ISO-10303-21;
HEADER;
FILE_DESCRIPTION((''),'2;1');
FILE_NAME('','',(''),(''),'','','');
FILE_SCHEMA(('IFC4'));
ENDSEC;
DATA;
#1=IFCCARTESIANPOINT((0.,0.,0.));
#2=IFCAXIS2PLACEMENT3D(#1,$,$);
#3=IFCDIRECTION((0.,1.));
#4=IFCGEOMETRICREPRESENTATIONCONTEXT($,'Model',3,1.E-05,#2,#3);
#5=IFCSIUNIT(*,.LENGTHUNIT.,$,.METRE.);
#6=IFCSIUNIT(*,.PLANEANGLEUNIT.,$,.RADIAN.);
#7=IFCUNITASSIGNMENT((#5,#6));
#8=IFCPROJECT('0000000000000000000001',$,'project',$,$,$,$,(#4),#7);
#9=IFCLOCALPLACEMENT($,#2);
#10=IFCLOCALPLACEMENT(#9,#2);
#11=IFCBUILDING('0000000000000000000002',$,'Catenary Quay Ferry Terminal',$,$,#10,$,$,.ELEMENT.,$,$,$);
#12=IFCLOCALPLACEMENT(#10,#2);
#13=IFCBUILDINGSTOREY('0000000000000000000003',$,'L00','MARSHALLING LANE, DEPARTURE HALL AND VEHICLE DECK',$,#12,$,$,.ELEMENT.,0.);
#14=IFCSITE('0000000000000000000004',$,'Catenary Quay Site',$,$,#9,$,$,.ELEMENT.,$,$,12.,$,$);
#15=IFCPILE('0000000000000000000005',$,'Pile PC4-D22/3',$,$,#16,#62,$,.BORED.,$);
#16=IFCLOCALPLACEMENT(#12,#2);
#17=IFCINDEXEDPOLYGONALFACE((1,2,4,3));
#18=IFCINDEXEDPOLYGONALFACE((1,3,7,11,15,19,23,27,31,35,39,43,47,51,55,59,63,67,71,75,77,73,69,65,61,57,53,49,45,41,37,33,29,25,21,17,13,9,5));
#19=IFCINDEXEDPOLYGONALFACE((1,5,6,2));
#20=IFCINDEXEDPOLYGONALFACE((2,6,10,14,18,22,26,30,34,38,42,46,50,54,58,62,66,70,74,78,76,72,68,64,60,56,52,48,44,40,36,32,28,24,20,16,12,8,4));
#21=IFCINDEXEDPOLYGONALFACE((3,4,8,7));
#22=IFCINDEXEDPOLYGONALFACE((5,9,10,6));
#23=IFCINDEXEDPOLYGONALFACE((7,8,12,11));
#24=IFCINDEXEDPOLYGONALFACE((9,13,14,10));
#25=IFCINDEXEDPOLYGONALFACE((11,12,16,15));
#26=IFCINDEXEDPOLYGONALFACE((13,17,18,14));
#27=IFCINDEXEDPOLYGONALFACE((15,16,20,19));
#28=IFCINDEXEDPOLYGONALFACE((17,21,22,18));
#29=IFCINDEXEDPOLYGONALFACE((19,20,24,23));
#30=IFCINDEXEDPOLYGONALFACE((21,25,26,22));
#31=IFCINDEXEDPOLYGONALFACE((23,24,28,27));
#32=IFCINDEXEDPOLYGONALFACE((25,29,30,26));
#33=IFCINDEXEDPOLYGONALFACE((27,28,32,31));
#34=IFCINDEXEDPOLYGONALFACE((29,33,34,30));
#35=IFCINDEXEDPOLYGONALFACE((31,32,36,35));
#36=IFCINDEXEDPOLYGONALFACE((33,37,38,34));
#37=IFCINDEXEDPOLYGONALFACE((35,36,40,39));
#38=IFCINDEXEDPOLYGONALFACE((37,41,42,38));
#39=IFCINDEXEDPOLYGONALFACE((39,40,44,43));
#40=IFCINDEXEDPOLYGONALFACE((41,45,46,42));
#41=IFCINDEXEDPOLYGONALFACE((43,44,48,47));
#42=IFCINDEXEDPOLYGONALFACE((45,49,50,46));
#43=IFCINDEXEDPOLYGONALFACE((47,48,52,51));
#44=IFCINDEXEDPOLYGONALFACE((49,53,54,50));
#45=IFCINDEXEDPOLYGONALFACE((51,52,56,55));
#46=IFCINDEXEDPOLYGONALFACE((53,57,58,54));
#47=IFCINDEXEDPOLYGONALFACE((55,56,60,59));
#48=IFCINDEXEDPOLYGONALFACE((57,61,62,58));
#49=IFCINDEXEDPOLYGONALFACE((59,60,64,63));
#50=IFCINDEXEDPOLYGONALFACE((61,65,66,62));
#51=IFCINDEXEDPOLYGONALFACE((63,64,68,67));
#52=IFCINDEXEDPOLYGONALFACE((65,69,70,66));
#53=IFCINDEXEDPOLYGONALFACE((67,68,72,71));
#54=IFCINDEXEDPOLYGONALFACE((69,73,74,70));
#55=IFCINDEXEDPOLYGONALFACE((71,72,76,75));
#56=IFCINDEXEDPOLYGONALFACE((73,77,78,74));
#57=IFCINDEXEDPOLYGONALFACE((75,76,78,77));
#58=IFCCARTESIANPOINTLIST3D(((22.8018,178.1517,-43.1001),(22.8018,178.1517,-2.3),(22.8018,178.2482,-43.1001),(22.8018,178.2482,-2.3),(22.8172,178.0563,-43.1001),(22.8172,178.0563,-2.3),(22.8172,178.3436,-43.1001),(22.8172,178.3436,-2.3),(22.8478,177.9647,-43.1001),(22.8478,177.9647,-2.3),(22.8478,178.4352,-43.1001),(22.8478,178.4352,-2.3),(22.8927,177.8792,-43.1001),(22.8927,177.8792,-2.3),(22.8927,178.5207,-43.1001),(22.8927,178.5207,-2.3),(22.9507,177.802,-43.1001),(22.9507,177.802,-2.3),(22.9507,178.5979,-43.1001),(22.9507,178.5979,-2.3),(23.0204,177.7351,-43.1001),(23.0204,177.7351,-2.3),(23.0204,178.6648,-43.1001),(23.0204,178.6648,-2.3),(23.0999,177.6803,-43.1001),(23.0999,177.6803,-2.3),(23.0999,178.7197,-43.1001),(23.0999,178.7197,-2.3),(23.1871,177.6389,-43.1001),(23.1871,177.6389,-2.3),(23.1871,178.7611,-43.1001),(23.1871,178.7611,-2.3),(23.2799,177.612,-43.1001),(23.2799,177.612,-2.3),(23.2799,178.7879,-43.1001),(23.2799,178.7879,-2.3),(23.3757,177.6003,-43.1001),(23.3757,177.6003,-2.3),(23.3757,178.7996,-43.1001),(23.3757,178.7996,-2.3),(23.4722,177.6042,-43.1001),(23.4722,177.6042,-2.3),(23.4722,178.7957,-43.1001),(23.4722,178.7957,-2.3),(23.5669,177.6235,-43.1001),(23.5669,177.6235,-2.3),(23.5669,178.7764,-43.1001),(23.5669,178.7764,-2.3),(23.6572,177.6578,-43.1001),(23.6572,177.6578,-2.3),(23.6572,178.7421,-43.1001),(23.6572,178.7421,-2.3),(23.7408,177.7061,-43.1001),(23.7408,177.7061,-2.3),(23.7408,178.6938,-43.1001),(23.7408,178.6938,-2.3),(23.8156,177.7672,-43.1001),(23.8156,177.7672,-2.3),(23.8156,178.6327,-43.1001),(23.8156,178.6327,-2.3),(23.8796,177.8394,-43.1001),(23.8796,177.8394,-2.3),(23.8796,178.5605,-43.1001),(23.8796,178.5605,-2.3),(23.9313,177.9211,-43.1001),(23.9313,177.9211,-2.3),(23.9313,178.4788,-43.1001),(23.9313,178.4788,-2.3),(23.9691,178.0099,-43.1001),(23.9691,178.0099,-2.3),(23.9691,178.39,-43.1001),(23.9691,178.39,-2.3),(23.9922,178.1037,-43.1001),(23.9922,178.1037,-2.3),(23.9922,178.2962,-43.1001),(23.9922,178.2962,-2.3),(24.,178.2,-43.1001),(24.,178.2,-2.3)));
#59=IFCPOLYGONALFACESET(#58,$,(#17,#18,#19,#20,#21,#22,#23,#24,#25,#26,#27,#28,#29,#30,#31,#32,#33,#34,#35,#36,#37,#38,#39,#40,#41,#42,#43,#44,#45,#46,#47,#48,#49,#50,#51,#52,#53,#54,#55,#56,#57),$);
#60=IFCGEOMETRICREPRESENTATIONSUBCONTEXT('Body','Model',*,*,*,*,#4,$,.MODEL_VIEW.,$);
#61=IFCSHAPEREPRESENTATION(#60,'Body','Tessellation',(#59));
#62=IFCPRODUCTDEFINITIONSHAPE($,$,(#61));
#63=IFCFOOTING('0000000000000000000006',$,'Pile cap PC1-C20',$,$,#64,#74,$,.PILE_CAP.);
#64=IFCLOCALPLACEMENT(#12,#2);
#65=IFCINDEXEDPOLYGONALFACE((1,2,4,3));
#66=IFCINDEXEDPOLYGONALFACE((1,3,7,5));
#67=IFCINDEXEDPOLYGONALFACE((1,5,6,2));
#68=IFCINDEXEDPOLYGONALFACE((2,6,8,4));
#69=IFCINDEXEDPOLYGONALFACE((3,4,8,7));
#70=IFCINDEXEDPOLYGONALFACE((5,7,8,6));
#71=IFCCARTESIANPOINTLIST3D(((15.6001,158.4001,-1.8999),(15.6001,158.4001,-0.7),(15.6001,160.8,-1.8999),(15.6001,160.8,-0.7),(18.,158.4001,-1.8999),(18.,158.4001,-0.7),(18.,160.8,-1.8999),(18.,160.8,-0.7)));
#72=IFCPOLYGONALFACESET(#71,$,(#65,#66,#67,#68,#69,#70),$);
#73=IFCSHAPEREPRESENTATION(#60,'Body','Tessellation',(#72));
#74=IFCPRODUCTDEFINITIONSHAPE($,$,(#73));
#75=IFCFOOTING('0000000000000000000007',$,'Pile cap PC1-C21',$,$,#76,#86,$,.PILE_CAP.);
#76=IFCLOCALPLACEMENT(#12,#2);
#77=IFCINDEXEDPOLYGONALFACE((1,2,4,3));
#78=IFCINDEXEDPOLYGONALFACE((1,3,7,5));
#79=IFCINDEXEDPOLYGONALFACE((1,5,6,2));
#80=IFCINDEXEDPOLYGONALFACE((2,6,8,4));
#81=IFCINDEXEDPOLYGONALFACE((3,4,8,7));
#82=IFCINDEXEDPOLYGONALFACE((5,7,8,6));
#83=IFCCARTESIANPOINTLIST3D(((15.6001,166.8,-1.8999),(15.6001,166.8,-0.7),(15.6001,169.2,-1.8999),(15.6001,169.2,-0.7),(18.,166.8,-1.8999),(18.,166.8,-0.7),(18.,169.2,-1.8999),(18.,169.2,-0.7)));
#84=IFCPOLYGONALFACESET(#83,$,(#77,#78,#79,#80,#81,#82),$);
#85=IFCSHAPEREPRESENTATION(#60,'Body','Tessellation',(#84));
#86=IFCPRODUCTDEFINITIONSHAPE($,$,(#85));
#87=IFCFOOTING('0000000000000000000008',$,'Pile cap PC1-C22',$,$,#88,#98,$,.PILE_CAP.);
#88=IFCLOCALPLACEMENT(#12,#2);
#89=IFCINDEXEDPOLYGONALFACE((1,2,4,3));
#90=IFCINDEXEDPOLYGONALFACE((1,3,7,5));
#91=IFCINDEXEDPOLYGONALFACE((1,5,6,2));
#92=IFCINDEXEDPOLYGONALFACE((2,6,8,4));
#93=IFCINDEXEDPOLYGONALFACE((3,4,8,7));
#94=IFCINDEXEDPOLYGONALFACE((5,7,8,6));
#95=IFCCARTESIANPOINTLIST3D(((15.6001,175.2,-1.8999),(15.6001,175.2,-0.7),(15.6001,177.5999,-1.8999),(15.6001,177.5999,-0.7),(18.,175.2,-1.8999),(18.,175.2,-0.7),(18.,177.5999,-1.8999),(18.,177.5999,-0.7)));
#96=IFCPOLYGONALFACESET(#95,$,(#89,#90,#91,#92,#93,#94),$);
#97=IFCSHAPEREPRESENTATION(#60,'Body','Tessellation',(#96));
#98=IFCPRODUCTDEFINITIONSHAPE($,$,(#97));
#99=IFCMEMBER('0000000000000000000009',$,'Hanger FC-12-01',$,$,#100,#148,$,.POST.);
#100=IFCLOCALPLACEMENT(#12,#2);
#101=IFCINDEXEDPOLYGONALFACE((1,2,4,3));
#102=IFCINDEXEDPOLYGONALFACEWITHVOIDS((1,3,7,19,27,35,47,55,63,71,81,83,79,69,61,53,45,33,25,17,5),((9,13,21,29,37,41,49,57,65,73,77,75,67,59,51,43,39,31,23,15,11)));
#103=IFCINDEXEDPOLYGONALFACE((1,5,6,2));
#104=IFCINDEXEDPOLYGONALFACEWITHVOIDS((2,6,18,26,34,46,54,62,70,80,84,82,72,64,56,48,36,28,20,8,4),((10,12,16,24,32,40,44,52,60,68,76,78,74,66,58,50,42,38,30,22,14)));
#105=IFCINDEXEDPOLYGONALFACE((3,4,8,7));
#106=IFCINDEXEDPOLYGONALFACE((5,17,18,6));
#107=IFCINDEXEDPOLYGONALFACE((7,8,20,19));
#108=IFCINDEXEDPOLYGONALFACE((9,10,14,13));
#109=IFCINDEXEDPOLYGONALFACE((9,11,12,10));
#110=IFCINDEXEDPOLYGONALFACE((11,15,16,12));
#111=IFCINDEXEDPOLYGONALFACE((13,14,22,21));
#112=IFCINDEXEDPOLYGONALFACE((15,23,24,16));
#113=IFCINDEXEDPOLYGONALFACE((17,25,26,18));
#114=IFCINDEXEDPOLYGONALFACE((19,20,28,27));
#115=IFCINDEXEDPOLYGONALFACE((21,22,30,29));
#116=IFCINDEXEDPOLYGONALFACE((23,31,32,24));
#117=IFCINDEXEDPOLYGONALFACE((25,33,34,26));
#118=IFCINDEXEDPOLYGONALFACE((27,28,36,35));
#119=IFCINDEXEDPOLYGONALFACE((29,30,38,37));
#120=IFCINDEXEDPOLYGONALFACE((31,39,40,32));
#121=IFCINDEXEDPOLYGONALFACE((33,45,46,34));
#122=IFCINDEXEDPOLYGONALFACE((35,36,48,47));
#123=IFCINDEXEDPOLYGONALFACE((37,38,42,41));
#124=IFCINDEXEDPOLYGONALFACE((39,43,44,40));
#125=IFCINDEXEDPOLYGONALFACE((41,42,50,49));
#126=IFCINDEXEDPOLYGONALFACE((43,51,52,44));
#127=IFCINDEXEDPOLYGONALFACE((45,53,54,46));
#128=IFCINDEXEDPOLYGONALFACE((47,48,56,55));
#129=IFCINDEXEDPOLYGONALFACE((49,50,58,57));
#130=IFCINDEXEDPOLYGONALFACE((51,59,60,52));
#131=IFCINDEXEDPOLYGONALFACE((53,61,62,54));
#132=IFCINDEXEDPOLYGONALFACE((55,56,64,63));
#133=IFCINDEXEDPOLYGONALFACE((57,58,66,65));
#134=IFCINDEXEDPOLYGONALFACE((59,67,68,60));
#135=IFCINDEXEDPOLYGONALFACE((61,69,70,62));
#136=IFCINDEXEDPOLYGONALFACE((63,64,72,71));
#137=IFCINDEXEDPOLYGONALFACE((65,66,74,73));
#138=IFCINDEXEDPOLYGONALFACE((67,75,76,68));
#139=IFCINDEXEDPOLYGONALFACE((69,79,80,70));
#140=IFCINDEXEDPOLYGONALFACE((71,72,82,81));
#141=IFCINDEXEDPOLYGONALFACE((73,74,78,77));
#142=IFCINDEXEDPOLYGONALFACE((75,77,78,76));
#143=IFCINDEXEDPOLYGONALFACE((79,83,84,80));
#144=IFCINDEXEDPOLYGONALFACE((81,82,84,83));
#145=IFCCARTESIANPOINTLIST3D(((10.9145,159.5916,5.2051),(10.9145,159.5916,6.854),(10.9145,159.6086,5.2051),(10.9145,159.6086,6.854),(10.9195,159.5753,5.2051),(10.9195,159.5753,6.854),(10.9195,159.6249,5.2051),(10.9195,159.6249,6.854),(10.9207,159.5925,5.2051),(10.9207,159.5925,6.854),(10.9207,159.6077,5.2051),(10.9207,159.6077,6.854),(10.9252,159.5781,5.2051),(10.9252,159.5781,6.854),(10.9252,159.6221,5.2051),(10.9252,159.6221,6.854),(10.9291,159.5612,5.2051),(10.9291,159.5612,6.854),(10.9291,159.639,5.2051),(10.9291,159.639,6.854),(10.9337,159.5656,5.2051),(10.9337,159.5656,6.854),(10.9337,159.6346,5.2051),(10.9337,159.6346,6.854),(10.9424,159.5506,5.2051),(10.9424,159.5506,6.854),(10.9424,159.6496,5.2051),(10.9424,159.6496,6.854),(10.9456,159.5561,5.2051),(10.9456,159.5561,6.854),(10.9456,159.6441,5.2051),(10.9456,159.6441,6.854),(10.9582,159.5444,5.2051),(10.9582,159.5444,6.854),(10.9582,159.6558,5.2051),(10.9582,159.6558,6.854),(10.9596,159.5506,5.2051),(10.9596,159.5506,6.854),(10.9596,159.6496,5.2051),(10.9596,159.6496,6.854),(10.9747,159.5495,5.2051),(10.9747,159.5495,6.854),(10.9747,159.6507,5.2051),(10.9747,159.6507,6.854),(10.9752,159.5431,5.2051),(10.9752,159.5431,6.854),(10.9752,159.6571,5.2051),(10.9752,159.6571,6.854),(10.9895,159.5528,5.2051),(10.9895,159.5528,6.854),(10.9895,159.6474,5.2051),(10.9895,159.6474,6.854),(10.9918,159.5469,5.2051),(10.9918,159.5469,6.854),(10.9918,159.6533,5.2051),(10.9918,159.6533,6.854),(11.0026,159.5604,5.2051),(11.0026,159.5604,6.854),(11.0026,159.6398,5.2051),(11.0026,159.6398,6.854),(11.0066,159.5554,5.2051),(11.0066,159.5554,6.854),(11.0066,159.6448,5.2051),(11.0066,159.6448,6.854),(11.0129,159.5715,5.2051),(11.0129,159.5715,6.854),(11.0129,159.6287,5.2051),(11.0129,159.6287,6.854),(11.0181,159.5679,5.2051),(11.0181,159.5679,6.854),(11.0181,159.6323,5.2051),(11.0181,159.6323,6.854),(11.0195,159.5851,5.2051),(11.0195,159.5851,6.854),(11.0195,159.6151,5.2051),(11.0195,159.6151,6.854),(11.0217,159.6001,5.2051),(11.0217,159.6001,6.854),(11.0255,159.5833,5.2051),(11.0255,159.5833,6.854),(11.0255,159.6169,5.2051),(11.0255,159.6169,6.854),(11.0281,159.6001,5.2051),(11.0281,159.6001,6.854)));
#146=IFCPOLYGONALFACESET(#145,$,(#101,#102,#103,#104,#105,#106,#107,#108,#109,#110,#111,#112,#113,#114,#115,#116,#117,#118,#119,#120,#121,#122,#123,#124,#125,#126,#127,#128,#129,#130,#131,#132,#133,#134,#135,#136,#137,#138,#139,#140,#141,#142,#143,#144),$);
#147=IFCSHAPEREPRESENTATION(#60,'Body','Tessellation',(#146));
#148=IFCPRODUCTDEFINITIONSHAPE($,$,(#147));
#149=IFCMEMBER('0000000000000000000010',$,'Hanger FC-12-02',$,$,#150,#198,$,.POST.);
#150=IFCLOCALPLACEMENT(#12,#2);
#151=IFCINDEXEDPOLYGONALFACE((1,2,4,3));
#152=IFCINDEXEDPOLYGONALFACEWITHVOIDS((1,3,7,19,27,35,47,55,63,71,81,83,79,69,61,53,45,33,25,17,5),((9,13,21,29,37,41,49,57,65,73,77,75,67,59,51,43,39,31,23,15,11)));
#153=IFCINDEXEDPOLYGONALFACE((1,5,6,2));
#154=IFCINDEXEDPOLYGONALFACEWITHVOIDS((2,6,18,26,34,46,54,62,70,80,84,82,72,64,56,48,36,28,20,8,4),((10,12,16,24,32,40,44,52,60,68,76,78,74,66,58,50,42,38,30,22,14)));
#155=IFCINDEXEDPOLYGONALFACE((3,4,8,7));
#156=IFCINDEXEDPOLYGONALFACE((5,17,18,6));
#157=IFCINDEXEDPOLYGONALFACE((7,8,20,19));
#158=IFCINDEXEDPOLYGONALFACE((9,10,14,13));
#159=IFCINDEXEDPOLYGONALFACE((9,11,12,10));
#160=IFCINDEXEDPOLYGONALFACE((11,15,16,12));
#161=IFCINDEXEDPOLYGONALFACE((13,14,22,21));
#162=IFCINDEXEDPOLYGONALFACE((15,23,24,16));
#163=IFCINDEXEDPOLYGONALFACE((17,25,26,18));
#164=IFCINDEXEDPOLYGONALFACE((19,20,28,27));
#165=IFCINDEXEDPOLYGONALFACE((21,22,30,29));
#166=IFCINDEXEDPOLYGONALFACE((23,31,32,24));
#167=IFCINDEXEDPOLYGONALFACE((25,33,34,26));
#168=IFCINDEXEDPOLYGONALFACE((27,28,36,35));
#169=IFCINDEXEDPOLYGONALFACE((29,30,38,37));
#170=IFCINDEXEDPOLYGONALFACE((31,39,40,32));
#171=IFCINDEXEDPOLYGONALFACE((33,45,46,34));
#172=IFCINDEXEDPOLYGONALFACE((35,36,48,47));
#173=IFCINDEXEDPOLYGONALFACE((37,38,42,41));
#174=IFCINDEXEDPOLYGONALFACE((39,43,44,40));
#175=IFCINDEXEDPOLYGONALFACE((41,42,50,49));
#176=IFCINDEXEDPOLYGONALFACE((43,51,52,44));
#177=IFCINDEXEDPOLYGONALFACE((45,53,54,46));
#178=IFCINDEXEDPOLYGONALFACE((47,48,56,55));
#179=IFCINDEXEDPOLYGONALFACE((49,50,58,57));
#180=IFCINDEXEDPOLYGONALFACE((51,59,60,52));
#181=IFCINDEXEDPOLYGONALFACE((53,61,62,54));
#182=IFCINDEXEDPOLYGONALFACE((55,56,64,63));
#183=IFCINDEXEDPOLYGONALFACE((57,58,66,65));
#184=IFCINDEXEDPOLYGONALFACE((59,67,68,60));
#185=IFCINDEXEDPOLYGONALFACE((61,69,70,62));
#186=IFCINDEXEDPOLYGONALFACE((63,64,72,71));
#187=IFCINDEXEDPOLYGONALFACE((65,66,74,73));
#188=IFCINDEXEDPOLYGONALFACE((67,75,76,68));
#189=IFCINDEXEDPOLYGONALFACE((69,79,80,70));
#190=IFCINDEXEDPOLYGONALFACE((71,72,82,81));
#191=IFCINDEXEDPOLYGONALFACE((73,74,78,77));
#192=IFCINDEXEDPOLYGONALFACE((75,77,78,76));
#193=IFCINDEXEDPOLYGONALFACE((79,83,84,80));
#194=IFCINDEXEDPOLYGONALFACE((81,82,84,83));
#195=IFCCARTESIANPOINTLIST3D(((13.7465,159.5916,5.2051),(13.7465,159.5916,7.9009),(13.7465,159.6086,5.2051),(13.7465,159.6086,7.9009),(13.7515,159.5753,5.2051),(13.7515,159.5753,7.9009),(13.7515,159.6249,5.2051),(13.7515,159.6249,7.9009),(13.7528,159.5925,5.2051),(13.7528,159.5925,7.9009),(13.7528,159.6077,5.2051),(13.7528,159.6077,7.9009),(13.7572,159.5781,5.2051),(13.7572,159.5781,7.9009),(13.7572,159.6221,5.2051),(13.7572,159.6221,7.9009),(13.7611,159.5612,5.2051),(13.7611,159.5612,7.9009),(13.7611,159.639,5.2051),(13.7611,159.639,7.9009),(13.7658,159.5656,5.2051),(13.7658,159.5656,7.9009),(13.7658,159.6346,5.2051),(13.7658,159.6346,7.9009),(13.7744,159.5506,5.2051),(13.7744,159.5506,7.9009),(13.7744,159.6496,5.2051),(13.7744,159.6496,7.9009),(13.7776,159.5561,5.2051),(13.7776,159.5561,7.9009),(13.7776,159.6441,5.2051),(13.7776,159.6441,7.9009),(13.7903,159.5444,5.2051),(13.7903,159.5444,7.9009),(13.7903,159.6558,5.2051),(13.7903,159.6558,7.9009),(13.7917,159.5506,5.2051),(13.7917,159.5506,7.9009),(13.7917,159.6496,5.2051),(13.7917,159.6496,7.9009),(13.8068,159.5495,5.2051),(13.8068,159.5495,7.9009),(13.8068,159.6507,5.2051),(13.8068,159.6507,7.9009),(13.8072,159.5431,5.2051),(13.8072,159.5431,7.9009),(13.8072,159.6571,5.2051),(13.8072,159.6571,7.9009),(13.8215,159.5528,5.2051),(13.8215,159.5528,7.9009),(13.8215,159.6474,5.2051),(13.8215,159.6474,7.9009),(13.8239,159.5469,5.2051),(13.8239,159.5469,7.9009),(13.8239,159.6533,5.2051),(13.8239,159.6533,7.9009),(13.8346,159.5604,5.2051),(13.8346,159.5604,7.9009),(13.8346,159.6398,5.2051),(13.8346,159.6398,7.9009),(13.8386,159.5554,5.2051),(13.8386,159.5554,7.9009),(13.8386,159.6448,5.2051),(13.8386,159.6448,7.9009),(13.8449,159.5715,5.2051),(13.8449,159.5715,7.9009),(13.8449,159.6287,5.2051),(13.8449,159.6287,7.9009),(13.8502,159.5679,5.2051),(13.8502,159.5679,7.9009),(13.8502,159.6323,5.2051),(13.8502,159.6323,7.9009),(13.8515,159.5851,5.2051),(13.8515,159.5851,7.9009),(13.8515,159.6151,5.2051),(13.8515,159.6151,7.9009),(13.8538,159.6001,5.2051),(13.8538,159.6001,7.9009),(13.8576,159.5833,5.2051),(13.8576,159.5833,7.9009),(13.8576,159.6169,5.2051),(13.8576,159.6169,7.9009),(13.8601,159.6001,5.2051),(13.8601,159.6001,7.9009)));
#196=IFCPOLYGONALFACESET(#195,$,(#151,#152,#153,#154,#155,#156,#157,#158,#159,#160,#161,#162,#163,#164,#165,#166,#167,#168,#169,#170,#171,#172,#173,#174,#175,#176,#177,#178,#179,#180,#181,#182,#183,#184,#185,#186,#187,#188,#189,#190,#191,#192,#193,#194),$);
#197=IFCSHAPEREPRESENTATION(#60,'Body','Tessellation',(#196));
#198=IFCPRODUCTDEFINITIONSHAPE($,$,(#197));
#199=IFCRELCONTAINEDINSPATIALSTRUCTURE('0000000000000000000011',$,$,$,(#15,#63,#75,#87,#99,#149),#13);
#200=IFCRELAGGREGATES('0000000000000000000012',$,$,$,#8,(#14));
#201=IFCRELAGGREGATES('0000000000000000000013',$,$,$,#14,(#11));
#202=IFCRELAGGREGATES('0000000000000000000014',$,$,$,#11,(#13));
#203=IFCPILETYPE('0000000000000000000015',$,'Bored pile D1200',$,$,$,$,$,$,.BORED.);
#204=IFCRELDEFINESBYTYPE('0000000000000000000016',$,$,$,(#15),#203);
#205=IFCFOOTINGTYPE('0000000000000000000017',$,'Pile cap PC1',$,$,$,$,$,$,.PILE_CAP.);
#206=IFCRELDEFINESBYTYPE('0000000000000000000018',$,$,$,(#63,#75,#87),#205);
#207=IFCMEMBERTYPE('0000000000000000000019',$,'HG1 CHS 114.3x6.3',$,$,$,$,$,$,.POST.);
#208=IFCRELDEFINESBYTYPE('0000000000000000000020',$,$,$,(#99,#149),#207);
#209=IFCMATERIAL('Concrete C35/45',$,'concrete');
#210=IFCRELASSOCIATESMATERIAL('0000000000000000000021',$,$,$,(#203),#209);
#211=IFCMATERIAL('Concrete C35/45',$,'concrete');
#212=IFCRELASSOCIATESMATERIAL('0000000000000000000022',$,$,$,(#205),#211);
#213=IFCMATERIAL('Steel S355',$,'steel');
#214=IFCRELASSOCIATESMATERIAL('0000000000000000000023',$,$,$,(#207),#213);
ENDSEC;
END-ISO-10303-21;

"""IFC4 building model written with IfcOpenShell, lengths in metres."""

from ifc_helpers import new_model, si_unit, direction, frame, origin, origin_2d, place, context, subcontext, project, spatial, rectangle, circle, hollow_circle, extrude, material, material_profile, profile_set, type_object, element, save


model = new_model("IFC4")

# Units and contexts
model_context = context("Model", 3, precision=1e-05, world=origin(), true_north=direction((0.0, 1.0)))
body_context = subcontext(model_context, "Body", "Model", "MODEL_VIEW")
ifc_project = project(units=[si_unit("LENGTHUNIT", "METRE"), si_unit("PLANEANGLEUNIT", "RADIAN")], contexts=[model_context])

# Site, building, storey
site_placement = place(None, origin())
site = spatial("IfcSite", under=ifc_project, at=site_placement, Name="Catenary Quay Site", CompositionType="ELEMENT", RefElevation=12.0)
building_placement = place(site_placement, origin())
building = spatial("IfcBuilding", under=site, at=building_placement, Name="Catenary Quay Ferry Terminal", CompositionType="ELEMENT")
storey_placement = place(building_placement, origin())
storey = spatial("IfcBuildingStorey", under=building, at=storey_placement, Name="L00", Description="MARSHALLING LANE, DEPARTURE HALL AND VEHICLE DECK", CompositionType="ELEMENT", Elevation=0.0)

# Pile
ifc_material_1 = material(Name="Concrete C35/45", Category="concrete")
ifc_material_profile_1 = material_profile(ifc_material_1, circle(Radius=0.6001, at=origin_2d()), Name="D1200")
ifc_profile_set_1 = profile_set([ifc_material_profile_1], Name="Concrete C35/45")
pile_type = type_object("IfcPileType", Name="Bored pile D1200", PredefinedType="BORED", material=ifc_profile_set_1)
for number, where, z_axis, x_axis, name in (
    (1, (23.3999, 178.2, -2.3), (0.0, 0.0, -1.0), (1.0, 0.0, 0.0), "Pile PC4-D22/3"),
):
    element("IfcPile", number, at=place(storey_placement, frame(where, z_axis=z_axis, x_axis=x_axis)), inside=storey, type_object=pile_type, Name=name, PredefinedType="BORED", context=body_context, shape_type="SweptSolid", body=[
        extrude(circle(Radius=0.6001, at=origin_2d()), origin(), (0.0, 0.0, 1.0), 40.8),
    ])

# Footings
ifc_material_2 = material(Name="Concrete C35/45", Category="concrete")
footing_type = type_object("IfcFootingType", Name="Pile cap PC1", PredefinedType="PILE_CAP", material=ifc_material_2)
for number, where, z_axis, x_axis, name in (
    (2, (16.8, 159.6001, -1.8999), (0.0, 0.0, 1.0), (1.0, 0.0, 0.0), "Pile cap PC1-C20"),
    (3, (16.8, 168.0, -1.8999), (0.0, 0.0, 1.0), (1.0, 0.0, 0.0), "Pile cap PC1-C21"),
    (4, (16.8, 176.3999, -1.8999), (0.0, 0.0, 1.0), (1.0, 0.0, 0.0), "Pile cap PC1-C22"),
):
    element("IfcFooting", number, at=place(storey_placement, frame(where, z_axis=z_axis, x_axis=x_axis)), inside=storey, type_object=footing_type, Name=name, PredefinedType="PILE_CAP", context=body_context, shape_type="SweptSolid", body=[
        extrude(rectangle(XDim=2.3999, YDim=2.3999, at=origin_2d()), origin(), (0.0, 0.0, 1.0), 1.2),
    ])

# Members
ifc_material_3 = material(Name="Steel S355", Category="steel")
ifc_material_profile_2 = material_profile(ifc_material_3, hollow_circle(Radius=0.0571, WallThickness=0.0063, at=origin_2d()), Name="CHS 114.3x6.3")
ifc_profile_set_2 = profile_set([ifc_material_profile_2], Name="Steel S355")
member_type_1 = type_object("IfcMemberType", Name="HG1 CHS 114.3x6.3", PredefinedType="POST", material=ifc_profile_set_2)
member_1_placement = place(storey_placement, frame((10.9709, 159.6001, 5.2051), z_axis=(0.0, 0.0, 1.0), x_axis=(1.0, 0.0, 0.0)))
element("IfcMember", 5, at=member_1_placement, inside=storey, type_object=member_type_1, Name="Hanger FC-12-01", PredefinedType="POST", context=body_context, shape_type="SweptSolid", body=[
    extrude(hollow_circle(Radius=0.0571, WallThickness=0.0063, at=origin_2d()), origin(), (0.0, 0.0, 1.0), 1.6489),
])
member_2_placement = place(storey_placement, frame((13.803, 159.6001, 5.2051), z_axis=(0.0, 0.0, 1.0), x_axis=(1.0, 0.0, 0.0)))
element("IfcMember", 6, at=member_2_placement, inside=storey, type_object=member_type_1, Name="Hanger FC-12-02", PredefinedType="POST", context=body_context, shape_type="SweptSolid", body=[
    extrude(hollow_circle(Radius=0.0571, WallThickness=0.0063, at=origin_2d()), origin(), (0.0, 0.0, 1.0), 2.6958),
])

save(model, "model.ifc")
